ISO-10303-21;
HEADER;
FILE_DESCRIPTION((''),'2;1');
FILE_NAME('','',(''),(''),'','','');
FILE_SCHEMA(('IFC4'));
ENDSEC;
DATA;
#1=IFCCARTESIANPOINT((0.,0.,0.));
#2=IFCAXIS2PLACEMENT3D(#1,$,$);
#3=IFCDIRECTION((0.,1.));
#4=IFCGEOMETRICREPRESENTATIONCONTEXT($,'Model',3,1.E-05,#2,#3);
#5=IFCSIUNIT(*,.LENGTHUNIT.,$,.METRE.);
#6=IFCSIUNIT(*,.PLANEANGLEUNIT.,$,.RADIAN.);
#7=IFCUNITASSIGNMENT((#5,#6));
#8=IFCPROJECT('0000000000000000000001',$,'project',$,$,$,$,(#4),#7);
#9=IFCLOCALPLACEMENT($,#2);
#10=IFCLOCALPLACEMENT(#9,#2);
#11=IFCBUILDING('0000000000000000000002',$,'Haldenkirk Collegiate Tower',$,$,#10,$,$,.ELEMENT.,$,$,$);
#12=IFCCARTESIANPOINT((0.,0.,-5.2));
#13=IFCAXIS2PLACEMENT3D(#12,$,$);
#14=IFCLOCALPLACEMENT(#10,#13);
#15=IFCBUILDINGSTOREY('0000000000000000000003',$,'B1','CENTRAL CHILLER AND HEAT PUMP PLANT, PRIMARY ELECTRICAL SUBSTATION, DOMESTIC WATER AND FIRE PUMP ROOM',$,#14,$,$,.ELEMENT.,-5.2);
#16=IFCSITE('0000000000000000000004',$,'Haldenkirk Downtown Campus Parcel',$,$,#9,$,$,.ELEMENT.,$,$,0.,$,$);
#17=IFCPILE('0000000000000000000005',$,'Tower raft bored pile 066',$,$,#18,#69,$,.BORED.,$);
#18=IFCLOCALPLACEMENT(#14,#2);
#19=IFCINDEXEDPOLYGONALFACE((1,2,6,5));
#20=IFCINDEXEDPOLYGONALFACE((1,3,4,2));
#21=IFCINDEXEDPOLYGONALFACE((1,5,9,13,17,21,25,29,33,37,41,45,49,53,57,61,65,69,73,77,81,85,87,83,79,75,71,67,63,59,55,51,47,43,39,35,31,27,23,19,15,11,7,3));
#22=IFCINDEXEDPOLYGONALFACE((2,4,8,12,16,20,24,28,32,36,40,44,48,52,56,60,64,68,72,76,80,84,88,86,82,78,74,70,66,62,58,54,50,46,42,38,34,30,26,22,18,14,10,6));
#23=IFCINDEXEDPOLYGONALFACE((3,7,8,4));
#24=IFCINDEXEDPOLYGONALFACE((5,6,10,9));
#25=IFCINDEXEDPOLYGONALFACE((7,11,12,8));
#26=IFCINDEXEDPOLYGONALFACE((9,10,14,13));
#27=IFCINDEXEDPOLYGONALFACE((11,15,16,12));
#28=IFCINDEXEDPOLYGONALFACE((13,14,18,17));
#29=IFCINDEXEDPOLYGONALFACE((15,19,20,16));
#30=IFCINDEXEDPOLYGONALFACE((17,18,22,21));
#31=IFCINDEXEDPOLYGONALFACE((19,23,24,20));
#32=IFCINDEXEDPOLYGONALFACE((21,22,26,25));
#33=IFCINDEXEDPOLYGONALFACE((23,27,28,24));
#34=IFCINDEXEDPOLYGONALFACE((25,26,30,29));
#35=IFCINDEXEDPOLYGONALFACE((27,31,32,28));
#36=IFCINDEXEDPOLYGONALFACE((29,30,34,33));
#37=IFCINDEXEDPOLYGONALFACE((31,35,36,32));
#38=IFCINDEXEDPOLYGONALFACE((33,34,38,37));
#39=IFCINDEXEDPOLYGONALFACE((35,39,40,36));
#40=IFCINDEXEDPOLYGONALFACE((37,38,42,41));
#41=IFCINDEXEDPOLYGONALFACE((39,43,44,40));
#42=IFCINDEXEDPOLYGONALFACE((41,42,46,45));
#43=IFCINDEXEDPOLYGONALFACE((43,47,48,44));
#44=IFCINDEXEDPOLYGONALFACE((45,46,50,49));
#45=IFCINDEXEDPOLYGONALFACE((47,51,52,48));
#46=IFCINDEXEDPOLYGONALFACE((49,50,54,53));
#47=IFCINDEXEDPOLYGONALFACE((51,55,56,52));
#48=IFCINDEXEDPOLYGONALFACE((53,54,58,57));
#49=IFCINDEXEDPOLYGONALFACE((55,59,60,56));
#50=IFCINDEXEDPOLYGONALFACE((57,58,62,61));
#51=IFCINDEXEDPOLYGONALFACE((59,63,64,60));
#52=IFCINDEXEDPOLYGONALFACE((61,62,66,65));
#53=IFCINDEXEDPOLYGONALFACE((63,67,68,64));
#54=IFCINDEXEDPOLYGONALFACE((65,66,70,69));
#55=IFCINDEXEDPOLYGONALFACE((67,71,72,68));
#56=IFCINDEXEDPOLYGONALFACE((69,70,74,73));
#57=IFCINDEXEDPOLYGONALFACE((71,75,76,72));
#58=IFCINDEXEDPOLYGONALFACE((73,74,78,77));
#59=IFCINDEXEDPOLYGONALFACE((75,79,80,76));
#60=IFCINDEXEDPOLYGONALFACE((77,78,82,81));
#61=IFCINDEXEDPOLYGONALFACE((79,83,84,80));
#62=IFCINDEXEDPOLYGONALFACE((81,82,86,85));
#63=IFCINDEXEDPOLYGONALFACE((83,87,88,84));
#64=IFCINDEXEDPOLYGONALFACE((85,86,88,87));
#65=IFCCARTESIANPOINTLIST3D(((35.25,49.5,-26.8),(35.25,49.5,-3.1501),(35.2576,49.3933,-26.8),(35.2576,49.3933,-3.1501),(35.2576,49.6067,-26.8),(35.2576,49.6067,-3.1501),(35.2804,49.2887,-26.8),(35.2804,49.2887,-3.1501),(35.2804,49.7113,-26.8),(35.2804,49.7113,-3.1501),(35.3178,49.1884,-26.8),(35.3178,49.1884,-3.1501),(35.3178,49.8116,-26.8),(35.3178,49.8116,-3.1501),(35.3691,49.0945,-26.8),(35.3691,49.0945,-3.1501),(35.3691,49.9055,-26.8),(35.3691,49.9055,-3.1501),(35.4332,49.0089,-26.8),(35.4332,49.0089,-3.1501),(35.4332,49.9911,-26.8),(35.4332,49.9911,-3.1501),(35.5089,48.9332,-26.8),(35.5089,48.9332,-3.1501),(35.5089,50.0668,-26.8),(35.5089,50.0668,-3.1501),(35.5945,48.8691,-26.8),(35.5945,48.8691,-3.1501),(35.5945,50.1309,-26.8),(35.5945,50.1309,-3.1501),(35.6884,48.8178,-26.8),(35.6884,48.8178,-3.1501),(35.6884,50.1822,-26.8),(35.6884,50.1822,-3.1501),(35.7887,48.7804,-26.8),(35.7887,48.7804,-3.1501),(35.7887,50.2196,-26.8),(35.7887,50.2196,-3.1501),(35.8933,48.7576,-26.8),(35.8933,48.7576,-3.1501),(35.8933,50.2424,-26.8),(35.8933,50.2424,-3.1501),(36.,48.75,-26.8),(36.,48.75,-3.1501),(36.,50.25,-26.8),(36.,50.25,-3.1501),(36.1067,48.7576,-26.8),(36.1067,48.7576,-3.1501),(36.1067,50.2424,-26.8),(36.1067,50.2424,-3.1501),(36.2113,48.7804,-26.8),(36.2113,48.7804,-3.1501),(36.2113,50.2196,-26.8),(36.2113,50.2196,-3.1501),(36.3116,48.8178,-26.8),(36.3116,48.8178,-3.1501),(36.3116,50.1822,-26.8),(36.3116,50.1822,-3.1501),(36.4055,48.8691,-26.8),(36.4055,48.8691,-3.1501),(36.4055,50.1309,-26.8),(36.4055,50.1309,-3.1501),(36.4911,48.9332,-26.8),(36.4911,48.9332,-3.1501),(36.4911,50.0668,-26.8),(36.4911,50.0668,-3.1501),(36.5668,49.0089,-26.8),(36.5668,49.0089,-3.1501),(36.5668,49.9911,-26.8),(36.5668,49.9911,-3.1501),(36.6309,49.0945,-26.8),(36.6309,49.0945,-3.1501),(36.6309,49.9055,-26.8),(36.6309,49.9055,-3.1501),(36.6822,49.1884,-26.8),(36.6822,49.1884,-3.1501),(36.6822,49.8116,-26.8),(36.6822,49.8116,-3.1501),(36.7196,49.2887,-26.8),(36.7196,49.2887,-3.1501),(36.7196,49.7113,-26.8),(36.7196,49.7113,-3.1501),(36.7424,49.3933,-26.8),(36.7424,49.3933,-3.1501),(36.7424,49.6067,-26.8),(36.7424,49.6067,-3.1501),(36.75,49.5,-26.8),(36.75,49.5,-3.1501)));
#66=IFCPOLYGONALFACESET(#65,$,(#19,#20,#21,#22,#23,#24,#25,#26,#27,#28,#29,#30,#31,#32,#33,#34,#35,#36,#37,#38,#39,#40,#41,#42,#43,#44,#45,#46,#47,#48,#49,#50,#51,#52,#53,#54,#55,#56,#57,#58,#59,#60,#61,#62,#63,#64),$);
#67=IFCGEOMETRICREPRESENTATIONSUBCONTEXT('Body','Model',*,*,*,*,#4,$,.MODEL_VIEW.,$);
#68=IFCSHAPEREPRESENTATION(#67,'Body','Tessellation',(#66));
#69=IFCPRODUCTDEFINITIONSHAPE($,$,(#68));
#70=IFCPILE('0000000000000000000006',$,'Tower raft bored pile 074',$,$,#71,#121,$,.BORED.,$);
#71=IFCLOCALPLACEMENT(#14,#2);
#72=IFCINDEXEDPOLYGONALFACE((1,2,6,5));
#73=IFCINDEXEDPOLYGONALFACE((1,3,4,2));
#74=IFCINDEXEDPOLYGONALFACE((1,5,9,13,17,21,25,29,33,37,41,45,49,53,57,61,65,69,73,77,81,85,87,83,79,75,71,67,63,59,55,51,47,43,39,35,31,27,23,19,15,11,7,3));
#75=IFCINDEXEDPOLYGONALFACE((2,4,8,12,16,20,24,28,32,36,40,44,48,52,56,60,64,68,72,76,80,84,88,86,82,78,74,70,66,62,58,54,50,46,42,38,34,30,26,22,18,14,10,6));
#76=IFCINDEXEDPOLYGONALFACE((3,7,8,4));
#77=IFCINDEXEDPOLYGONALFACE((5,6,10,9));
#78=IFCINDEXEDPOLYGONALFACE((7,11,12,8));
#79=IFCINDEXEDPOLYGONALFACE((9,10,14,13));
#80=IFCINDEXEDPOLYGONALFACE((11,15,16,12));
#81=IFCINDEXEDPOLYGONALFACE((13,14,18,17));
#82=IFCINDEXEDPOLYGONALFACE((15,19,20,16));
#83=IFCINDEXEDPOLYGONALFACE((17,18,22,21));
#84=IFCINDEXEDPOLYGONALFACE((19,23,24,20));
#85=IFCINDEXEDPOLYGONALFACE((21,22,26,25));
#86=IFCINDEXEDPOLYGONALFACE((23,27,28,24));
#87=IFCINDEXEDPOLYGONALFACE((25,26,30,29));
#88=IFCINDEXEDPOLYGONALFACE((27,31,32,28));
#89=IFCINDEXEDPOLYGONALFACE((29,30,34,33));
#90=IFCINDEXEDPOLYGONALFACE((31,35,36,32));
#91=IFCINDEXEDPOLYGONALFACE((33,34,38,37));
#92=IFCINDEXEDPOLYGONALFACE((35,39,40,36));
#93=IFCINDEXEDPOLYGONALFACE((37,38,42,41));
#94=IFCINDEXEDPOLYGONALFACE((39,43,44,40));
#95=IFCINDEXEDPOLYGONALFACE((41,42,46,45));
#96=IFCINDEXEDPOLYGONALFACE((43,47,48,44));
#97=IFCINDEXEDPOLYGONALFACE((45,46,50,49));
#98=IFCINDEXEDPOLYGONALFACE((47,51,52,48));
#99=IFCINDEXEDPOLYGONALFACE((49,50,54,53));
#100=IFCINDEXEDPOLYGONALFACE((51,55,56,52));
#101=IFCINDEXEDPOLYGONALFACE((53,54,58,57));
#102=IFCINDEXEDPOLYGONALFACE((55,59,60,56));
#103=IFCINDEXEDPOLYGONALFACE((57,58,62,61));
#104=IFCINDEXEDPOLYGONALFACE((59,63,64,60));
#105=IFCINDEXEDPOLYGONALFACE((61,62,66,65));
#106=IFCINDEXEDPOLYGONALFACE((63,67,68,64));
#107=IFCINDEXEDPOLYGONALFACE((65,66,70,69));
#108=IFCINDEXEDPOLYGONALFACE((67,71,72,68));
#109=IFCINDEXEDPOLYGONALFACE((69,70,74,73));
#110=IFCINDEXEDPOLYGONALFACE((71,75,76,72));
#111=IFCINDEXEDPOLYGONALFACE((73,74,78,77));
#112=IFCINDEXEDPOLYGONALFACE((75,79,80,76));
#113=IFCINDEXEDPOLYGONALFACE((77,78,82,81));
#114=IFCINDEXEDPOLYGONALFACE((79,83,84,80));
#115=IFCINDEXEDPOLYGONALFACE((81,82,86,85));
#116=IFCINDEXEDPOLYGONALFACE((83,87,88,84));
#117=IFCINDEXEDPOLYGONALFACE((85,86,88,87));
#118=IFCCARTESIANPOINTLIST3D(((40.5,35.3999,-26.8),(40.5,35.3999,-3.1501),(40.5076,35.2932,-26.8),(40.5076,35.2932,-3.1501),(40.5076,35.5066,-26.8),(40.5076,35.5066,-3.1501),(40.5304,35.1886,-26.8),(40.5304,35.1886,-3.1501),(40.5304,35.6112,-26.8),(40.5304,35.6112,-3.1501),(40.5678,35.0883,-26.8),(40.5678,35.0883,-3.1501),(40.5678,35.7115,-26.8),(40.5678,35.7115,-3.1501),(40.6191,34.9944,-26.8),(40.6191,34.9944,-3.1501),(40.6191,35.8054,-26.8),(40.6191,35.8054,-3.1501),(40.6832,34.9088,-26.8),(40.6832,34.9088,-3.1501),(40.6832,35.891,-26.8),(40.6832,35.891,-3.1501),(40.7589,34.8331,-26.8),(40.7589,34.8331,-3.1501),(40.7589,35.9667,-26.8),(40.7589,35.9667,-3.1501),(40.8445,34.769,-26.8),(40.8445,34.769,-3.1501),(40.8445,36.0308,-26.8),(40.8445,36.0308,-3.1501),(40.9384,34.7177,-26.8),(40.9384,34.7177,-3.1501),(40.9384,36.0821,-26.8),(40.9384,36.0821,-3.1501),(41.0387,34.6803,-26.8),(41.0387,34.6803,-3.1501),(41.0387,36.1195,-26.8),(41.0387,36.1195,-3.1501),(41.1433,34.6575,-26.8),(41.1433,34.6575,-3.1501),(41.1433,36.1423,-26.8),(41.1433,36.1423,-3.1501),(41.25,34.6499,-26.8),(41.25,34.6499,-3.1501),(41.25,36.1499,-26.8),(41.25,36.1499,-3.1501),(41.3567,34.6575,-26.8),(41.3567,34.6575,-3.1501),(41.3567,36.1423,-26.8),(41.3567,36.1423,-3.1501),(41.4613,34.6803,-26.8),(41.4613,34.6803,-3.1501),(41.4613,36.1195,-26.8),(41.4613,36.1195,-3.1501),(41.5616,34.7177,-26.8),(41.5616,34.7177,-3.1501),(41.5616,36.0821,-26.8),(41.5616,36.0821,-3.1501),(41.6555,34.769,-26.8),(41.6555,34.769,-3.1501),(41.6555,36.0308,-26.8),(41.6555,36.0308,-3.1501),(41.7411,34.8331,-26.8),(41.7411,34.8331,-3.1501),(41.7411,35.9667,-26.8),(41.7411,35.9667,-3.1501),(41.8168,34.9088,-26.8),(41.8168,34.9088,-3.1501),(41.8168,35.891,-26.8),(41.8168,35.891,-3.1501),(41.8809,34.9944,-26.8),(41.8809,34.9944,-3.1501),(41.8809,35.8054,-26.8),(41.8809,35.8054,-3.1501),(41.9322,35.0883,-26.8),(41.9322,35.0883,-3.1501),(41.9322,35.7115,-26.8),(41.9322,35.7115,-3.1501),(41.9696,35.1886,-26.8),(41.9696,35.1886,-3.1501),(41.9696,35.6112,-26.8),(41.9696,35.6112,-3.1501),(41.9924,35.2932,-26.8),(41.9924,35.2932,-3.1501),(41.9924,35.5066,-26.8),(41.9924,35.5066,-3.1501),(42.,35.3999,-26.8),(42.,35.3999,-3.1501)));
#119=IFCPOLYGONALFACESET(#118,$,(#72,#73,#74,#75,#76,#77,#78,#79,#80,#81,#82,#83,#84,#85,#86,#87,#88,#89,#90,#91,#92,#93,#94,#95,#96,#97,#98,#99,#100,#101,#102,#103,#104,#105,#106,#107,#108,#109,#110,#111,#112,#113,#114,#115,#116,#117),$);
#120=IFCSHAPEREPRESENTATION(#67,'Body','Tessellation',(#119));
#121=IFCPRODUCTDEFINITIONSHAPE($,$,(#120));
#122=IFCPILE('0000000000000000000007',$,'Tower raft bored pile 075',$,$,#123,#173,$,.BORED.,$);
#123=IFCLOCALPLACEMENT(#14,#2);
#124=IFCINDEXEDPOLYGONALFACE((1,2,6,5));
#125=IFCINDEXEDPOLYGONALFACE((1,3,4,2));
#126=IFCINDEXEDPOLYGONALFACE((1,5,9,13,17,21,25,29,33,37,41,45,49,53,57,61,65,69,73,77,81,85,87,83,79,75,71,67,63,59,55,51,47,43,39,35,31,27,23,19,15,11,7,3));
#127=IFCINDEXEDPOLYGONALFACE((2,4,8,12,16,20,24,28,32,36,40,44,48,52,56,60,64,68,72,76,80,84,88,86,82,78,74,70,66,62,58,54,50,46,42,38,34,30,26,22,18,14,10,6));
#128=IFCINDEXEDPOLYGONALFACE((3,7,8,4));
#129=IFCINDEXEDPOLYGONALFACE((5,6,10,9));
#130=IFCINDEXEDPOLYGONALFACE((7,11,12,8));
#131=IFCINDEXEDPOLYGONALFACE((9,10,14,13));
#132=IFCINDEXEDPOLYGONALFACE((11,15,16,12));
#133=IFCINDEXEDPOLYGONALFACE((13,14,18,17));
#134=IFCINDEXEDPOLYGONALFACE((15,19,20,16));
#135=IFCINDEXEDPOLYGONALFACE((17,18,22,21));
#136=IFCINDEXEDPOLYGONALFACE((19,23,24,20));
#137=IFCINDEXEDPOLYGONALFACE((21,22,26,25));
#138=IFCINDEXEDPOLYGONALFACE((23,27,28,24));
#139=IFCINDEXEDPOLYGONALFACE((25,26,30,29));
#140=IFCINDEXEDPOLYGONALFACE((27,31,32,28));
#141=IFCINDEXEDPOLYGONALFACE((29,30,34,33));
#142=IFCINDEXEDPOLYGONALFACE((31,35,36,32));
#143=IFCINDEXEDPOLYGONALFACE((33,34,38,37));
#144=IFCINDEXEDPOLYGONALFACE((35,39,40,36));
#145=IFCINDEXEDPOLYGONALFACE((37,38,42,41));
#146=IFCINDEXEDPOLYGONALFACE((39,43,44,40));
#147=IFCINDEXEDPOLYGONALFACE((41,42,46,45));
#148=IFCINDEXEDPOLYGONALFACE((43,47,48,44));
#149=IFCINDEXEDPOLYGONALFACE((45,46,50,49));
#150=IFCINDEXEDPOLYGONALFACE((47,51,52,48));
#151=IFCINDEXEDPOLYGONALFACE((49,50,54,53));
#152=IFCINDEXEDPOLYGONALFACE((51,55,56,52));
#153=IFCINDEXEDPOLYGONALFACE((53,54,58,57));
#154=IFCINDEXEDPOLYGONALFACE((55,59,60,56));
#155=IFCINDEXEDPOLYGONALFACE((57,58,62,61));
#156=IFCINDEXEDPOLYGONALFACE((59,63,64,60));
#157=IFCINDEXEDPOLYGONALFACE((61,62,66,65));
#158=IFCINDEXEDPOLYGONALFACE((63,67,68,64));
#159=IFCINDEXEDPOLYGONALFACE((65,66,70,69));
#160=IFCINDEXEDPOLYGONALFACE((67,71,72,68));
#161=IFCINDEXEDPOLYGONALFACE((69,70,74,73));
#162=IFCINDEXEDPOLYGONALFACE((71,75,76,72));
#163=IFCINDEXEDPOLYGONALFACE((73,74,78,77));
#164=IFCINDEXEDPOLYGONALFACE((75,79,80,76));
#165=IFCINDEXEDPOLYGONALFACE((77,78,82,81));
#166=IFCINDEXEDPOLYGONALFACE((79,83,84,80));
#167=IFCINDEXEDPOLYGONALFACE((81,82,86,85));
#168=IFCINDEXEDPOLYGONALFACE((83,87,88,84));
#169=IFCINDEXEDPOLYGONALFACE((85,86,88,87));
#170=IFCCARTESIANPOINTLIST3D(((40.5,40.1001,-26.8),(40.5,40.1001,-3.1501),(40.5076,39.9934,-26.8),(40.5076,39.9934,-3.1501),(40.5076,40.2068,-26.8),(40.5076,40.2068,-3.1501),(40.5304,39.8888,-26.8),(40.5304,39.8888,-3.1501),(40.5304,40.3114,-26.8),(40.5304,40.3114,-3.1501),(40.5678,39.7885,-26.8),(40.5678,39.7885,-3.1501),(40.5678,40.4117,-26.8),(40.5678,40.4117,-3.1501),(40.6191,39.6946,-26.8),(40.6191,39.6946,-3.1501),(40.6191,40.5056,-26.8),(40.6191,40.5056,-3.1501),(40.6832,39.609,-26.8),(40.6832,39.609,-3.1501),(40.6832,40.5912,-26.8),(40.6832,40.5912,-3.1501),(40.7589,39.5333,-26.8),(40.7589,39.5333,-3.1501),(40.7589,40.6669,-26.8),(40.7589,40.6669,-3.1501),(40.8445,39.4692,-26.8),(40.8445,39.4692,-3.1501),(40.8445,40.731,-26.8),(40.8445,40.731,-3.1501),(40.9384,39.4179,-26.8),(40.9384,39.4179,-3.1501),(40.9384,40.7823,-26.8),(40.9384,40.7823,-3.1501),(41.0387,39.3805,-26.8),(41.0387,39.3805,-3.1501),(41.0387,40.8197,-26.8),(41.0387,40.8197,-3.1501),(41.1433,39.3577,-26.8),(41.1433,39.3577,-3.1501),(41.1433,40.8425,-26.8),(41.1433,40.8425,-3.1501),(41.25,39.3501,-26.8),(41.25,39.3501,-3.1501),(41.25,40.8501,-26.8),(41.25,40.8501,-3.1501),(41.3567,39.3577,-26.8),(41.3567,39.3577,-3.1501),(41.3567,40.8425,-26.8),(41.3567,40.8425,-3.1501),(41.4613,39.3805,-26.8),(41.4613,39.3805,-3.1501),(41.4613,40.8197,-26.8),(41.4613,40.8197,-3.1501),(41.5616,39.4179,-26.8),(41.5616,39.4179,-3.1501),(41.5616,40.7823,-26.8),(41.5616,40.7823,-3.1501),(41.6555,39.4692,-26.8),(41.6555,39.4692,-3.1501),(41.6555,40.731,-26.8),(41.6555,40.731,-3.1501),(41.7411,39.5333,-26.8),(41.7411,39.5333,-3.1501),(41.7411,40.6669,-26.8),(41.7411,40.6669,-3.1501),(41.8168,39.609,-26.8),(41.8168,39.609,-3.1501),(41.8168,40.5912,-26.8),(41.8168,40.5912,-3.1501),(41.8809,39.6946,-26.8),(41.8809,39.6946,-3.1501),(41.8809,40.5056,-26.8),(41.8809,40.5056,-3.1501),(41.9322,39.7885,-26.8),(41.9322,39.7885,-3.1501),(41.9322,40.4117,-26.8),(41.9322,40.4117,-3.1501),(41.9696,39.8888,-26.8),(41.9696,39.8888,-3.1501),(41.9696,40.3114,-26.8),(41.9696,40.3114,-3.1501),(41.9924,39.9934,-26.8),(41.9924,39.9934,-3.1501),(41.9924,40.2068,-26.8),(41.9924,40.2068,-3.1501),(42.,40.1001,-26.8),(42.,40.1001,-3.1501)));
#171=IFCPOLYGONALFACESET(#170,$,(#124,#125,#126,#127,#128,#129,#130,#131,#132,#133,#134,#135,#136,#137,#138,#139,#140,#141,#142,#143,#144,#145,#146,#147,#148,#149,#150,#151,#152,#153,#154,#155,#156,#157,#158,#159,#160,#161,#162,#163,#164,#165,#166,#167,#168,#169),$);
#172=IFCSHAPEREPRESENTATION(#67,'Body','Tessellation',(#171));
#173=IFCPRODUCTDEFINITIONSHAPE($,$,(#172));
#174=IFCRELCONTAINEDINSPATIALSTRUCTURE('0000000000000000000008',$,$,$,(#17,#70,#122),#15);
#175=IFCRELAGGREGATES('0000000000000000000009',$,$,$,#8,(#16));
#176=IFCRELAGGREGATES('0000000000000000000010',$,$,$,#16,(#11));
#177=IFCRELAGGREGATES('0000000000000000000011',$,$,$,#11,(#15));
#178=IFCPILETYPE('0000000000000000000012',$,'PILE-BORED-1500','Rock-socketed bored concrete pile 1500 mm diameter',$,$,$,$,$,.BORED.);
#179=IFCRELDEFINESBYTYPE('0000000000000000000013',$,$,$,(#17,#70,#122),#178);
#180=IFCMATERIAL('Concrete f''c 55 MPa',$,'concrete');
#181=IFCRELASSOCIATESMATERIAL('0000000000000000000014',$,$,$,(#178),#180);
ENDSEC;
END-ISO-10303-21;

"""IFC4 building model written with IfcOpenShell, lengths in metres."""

from ifc_helpers import new_model, si_unit, direction, frame, origin, origin_2d, place, context, subcontext, project, spatial, circle, extrude, material, material_profile, profile_set, type_object, element, save


model = new_model("IFC4")

# Units and contexts
model_context = context("Model", 3, precision=1e-05, world=origin(), true_north=direction((0.0, 1.0)))
body_context = subcontext(model_context, "Body", "Model", "MODEL_VIEW")
ifc_project = project(units=[si_unit("LENGTHUNIT", "METRE"), si_unit("PLANEANGLEUNIT", "RADIAN")], contexts=[model_context])

# Site, building, storey
site_placement = place(None, origin())
site = spatial("IfcSite", under=ifc_project, at=site_placement, Name="Haldenkirk Downtown Campus Parcel", CompositionType="ELEMENT", RefElevation=0.0)
building_placement = place(site_placement, origin())
building = spatial("IfcBuilding", under=site, at=building_placement, Name="Haldenkirk Collegiate Tower", CompositionType="ELEMENT")
storey_placement = place(building_placement, frame((0.0, 0.0, -5.2)))
storey = spatial("IfcBuildingStorey", under=building, at=storey_placement, Name="B1", Description="CENTRAL CHILLER AND HEAT PUMP PLANT, PRIMARY ELECTRICAL SUBSTATION, DOMESTIC WATER AND FIRE PUMP ROOM", CompositionType="ELEMENT", Elevation=-5.2)

# Piles
ifc_material_1 = material(Name="Concrete f'c 55 MPa", Category="concrete")
ifc_material_profile_1 = material_profile(ifc_material_1, circle(Radius=0.75, at=origin_2d()), Name="PILE1500")
ifc_profile_set_1 = profile_set([ifc_material_profile_1], Name="Concrete f'c 55 MPa")
pile_type = type_object("IfcPileType", Name="PILE-BORED-1500", Description="Rock-socketed bored concrete pile 1500 mm diameter", PredefinedType="BORED", material=ifc_profile_set_1)
for number, where, z_axis, x_axis, name in (
    (1, (36.0, 49.5, -3.1501), (0.0, 0.0, -1.0), (1.0, 0.0, 0.0), "Tower raft bored pile 066"),
    (2, (41.25, 35.3999, -3.1501), (0.0, 0.0, -1.0), (1.0, 0.0, 0.0), "Tower raft bored pile 074"),
    (3, (41.25, 40.1001, -3.1501), (0.0, 0.0, -1.0), (1.0, 0.0, 0.0), "Tower raft bored pile 075"),
):
    element("IfcPile", number, at=place(storey_placement, frame(where, z_axis=z_axis, x_axis=x_axis)), inside=storey, type_object=pile_type, Name=name, PredefinedType="BORED", context=body_context, shape_type="SweptSolid", body=[
        extrude(circle(Radius=0.75, at=origin_2d()), origin(), (0.0, 0.0, 1.0), 23.6499),
    ])

save(model, "model.ifc")
